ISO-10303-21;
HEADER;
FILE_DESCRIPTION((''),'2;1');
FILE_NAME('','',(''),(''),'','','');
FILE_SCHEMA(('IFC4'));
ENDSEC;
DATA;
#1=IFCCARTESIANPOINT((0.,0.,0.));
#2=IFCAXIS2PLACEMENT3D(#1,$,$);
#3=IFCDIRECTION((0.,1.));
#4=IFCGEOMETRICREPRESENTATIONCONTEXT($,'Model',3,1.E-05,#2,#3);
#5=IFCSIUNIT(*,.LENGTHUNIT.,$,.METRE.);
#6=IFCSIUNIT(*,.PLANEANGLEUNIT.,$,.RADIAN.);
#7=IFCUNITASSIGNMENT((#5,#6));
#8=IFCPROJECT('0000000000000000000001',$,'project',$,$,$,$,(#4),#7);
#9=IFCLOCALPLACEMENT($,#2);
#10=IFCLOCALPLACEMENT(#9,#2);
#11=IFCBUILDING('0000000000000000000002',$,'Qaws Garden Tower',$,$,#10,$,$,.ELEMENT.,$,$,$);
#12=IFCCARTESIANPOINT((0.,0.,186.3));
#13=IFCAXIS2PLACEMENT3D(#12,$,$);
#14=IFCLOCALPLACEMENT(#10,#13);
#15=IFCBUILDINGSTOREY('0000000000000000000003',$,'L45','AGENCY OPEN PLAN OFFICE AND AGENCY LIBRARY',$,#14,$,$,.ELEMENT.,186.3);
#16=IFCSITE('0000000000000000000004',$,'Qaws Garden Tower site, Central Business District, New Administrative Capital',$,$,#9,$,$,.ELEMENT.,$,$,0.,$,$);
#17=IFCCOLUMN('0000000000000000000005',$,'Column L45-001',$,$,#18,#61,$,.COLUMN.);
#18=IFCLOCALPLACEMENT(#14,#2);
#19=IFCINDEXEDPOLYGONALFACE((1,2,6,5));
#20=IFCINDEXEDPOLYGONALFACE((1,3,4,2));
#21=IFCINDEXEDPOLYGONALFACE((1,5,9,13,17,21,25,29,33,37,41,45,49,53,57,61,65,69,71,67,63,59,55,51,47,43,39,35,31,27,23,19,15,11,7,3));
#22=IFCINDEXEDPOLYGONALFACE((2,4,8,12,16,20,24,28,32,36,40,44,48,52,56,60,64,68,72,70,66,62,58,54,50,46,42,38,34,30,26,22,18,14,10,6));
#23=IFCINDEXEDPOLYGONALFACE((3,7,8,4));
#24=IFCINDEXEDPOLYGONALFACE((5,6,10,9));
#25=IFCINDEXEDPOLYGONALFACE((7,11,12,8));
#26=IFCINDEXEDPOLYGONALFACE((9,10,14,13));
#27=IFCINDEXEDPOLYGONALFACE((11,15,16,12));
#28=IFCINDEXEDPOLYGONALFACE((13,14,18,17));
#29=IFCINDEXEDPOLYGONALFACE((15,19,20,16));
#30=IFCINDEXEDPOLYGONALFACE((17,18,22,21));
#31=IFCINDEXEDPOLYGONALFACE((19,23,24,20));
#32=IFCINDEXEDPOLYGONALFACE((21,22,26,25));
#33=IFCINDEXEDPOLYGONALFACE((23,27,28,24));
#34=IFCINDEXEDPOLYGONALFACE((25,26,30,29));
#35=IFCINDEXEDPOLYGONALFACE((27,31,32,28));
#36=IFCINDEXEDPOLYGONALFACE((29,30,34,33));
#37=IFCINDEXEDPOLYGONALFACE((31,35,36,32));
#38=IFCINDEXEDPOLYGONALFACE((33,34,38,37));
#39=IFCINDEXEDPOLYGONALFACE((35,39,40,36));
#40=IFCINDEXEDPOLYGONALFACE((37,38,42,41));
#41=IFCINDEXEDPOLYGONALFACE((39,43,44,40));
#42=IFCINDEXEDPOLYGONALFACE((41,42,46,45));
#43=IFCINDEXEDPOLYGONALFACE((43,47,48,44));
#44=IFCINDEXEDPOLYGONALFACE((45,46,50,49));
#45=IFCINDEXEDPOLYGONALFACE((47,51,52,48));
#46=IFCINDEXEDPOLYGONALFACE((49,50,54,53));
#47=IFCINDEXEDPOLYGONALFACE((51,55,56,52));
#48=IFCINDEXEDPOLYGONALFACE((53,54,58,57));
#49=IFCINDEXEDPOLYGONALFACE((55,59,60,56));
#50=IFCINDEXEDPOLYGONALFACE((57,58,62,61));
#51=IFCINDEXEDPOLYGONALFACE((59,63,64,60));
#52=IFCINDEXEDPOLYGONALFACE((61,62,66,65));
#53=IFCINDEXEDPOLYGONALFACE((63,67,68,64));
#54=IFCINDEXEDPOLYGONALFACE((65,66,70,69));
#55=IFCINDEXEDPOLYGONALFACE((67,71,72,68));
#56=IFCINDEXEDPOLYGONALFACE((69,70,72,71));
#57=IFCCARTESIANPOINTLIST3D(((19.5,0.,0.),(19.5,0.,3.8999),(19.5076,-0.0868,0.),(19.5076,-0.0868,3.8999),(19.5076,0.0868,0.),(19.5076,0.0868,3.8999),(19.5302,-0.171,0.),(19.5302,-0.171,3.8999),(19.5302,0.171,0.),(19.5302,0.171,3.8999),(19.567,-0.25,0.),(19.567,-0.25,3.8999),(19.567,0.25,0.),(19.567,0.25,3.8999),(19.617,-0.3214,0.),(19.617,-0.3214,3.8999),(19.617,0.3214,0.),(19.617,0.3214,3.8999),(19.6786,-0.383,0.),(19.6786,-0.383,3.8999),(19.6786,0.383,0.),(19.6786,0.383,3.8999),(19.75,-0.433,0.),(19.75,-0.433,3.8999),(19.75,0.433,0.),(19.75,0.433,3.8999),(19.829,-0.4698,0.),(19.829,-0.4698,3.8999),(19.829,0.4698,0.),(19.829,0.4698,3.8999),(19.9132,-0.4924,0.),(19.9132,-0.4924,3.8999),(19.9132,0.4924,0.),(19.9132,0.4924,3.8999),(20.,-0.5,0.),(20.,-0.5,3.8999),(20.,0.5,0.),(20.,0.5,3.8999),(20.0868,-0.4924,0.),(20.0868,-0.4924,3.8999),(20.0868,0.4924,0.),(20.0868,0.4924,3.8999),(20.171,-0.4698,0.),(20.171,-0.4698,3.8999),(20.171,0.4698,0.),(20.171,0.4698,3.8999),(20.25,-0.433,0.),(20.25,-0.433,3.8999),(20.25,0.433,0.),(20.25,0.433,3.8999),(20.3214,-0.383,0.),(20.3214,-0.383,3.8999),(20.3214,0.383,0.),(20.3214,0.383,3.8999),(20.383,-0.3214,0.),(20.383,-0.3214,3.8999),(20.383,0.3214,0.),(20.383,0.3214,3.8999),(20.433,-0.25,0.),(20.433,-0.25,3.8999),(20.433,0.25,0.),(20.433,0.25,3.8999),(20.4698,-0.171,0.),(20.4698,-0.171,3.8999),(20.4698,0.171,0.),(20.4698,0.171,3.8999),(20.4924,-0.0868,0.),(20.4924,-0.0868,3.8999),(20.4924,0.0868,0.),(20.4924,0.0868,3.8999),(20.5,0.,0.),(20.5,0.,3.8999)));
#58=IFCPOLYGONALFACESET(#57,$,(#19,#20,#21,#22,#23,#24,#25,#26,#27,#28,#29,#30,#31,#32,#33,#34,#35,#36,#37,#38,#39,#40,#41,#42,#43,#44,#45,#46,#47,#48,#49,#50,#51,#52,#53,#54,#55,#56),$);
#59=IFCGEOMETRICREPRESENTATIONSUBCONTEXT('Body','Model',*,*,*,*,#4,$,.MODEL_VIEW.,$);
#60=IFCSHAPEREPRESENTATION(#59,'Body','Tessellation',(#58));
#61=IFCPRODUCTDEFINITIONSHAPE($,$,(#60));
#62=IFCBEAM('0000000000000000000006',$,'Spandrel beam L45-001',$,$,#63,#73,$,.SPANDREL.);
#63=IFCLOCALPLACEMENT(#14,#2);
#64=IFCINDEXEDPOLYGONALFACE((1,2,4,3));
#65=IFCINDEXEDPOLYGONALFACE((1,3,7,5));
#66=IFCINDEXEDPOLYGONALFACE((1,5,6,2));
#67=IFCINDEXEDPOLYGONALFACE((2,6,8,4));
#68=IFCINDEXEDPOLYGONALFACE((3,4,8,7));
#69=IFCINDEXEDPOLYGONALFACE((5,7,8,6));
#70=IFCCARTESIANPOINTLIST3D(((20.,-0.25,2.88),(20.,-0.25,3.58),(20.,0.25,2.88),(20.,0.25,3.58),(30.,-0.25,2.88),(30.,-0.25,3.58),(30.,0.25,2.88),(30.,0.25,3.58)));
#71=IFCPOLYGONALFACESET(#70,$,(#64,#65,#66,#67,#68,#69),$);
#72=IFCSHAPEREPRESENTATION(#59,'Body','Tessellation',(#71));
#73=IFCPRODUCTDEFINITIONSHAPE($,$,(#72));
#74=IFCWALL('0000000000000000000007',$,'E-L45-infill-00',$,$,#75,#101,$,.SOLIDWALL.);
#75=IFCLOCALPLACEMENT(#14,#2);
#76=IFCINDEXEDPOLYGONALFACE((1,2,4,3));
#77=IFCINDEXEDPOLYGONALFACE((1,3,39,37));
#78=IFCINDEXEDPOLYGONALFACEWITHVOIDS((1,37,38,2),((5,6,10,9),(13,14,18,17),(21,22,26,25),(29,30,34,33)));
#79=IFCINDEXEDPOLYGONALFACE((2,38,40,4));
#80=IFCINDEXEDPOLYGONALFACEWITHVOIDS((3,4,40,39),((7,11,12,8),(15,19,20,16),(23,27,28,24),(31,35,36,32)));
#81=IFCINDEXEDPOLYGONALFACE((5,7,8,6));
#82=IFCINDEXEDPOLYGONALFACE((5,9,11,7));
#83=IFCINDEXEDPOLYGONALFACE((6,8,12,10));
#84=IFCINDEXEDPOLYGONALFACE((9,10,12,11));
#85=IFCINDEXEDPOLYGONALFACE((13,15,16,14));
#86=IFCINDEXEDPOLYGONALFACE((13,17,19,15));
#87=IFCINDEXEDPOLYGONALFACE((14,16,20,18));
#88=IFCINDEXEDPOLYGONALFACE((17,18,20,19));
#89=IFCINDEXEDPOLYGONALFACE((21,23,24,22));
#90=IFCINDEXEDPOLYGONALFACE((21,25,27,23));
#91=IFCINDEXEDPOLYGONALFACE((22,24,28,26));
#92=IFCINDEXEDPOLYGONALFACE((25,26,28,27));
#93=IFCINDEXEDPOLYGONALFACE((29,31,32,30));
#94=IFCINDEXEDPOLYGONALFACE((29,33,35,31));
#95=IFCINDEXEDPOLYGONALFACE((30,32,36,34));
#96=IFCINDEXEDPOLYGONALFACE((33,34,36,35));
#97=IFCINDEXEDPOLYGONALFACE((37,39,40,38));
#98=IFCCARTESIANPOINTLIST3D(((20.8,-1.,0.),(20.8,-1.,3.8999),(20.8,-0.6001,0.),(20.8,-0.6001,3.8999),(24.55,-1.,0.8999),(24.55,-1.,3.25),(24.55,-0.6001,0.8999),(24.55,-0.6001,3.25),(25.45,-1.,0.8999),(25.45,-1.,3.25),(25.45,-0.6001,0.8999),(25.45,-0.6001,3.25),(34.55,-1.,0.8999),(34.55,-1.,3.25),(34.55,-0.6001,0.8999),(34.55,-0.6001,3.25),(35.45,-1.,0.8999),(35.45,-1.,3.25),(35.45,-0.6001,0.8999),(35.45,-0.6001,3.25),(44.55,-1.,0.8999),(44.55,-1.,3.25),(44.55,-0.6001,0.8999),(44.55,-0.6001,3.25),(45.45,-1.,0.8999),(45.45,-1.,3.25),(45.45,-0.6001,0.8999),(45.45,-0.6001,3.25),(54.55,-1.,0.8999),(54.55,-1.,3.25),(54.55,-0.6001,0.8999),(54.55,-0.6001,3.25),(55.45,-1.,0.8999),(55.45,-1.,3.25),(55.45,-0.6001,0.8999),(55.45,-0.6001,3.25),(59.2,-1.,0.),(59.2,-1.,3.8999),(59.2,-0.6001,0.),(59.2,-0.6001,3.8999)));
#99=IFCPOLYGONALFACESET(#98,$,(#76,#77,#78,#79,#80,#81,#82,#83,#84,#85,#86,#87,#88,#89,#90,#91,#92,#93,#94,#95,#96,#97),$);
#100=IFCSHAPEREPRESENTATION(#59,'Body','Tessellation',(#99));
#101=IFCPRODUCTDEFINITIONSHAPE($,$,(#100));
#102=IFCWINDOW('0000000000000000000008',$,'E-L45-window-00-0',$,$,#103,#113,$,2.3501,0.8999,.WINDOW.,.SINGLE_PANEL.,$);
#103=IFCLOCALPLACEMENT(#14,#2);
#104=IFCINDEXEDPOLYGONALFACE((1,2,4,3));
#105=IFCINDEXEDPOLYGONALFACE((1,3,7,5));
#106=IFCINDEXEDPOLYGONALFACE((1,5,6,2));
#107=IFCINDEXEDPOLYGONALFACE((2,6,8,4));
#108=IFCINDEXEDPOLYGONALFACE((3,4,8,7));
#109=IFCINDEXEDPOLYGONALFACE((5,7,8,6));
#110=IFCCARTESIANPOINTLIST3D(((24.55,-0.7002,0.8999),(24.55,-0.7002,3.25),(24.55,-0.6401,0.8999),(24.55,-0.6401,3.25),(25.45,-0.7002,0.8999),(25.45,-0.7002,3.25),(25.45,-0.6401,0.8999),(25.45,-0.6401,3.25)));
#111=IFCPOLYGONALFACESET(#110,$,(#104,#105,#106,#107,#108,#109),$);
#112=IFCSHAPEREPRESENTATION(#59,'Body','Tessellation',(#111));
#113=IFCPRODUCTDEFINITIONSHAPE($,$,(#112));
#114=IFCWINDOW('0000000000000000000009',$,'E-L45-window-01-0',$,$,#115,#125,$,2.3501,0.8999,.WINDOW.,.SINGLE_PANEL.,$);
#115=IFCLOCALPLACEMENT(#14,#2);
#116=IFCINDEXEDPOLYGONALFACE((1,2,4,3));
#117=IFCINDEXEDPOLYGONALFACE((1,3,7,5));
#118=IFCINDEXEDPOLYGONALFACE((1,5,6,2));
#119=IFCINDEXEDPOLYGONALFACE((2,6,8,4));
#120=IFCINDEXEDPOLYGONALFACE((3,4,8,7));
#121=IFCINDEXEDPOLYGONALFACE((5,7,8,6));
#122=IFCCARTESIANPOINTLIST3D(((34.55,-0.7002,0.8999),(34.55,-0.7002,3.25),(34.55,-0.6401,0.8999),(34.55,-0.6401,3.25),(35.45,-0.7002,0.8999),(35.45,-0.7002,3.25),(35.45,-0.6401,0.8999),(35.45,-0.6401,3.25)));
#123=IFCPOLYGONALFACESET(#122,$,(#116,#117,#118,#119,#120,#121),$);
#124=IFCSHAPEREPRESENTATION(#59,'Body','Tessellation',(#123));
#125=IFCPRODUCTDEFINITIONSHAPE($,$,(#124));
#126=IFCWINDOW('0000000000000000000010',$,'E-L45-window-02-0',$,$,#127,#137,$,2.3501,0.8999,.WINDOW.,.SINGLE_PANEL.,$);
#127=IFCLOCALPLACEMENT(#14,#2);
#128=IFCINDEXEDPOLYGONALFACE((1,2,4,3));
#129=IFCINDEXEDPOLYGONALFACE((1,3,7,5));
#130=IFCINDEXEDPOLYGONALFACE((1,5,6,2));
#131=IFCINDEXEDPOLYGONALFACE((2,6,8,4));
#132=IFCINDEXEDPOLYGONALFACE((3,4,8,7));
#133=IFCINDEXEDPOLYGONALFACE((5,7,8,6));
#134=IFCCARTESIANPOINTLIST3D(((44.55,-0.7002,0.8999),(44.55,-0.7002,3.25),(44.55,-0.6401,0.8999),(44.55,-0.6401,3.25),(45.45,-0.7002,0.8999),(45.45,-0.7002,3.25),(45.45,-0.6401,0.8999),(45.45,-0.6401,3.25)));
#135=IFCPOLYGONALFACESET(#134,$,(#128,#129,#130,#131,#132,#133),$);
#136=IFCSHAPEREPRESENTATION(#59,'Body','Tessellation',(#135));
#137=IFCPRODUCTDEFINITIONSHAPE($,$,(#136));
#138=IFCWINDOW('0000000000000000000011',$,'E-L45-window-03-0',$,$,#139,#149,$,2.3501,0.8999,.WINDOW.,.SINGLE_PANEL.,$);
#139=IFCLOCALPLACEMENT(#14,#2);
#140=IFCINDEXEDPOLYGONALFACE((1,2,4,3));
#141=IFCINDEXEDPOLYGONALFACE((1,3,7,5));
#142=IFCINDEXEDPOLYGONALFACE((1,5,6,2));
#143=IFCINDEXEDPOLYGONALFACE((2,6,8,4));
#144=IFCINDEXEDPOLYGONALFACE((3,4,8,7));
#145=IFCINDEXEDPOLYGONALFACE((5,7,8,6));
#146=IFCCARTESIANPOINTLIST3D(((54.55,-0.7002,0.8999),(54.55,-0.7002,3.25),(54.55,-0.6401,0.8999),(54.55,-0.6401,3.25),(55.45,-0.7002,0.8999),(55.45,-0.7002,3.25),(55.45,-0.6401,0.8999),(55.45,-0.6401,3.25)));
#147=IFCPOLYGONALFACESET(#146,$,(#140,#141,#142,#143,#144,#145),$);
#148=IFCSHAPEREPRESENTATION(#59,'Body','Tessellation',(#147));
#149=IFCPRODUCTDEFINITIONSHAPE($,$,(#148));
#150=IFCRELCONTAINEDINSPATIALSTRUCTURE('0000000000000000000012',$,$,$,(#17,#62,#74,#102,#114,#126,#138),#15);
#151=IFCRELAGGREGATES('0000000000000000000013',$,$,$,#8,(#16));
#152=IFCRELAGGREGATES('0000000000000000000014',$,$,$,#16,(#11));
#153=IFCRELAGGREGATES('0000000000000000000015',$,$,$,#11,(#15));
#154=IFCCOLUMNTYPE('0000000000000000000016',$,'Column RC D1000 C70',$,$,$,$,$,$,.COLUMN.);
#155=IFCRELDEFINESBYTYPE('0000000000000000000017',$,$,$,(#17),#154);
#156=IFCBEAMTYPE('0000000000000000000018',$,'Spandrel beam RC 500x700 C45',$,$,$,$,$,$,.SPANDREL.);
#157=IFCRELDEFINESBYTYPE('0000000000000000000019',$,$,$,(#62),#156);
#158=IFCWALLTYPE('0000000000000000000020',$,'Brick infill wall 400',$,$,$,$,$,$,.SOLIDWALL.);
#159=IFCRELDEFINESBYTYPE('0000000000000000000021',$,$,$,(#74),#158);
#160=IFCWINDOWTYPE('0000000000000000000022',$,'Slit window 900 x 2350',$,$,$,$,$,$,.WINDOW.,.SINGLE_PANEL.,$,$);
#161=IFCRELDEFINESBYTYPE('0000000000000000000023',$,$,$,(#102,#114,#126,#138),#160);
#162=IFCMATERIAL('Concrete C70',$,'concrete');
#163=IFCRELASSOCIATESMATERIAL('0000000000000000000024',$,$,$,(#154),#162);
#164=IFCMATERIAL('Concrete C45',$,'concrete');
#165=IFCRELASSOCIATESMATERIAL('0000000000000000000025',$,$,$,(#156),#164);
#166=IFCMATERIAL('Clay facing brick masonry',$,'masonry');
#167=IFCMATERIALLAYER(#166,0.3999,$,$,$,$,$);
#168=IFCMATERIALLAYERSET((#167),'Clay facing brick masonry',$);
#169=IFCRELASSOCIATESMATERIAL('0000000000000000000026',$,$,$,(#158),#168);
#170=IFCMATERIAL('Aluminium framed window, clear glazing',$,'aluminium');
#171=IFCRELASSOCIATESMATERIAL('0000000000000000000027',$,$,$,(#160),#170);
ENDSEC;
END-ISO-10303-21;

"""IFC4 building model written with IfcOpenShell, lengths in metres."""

from ifc_helpers import new_model, si_unit, direction, frame, frame_2d, origin, origin_2d, place, context, subcontext, project, spatial, rectangle, circle, extrude, material, layer, layer_set, material_profile, profile_set, type_object, element, fill, save


model = new_model("IFC4")

# Units and contexts
model_context = context("Model", 3, precision=1e-05, world=origin(), true_north=direction((0.0, 1.0)))
body_context = subcontext(model_context, "Body", "Model", "MODEL_VIEW")
ifc_project = project(units=[si_unit("LENGTHUNIT", "METRE"), si_unit("PLANEANGLEUNIT", "RADIAN")], contexts=[model_context])

# Site, building, storey
site_placement = place(None, origin())
site = spatial("IfcSite", under=ifc_project, at=site_placement, Name="Qaws Garden Tower site, Central Business District, New Administrative Capital", CompositionType="ELEMENT", RefElevation=0.0)
building_placement = place(site_placement, origin())
building = spatial("IfcBuilding", under=site, at=building_placement, Name="Qaws Garden Tower", CompositionType="ELEMENT")
storey_placement = place(building_placement, frame((0.0, 0.0, 186.3)))
storey = spatial("IfcBuildingStorey", under=building, at=storey_placement, Name="L45", Description="AGENCY OPEN PLAN OFFICE AND AGENCY LIBRARY", CompositionType="ELEMENT", Elevation=186.3)

# Column
ifc_material_1 = material(Name="Concrete C70", Category="concrete")
ifc_material_profile_1 = material_profile(ifc_material_1, circle(Radius=0.5, at=origin_2d()), Name="RC D1000")
ifc_profile_set_1 = profile_set([ifc_material_profile_1], Name="Concrete C70")
column_type = type_object("IfcColumnType", Name="Column RC D1000 C70", PredefinedType="COLUMN", material=ifc_profile_set_1)
column_placement = place(storey_placement, frame((20.0, 0.0, 0.0), z_axis=(0.0, 0.0, 1.0), x_axis=(1.0, 0.0, 0.0)))
element("IfcColumn", 1, at=column_placement, inside=storey, type_object=column_type, Name="Column L45-001", PredefinedType="COLUMN", context=body_context, shape_type="SweptSolid", body=[
    extrude(circle(Radius=0.5, at=origin_2d()), origin(), (0.0, 0.0, 1.0), 3.8999),
])

# Beam
ifc_material_2 = material(Name="Concrete C45", Category="concrete")
ifc_material_profile_2 = material_profile(ifc_material_2, rectangle(XDim=0.5, YDim=0.7, at=origin_2d()), Name="RC 500x700")
ifc_profile_set_2 = profile_set([ifc_material_profile_2], Name="Concrete C45")
beam_type = type_object("IfcBeamType", Name="Spandrel beam RC 500x700 C45", PredefinedType="SPANDREL", material=ifc_profile_set_2)
beam_placement = place(storey_placement, frame((20.0, 0.0, 3.23), z_axis=(1.0, 0.0, 0.0), x_axis=(0.0, 1.0, 0.0)))
element("IfcBeam", 2, at=beam_placement, inside=storey, type_object=beam_type, Name="Spandrel beam L45-001", PredefinedType="SPANDREL", context=body_context, shape_type="SweptSolid", body=[
    extrude(rectangle(XDim=0.5, YDim=0.7, at=origin_2d()), origin(), (0.0, 0.0, 1.0), 10.0),
])

# Wall, openings, windows
ifc_material_3 = material(Name="Clay facing brick masonry", Category="masonry")
ifc_layer_1 = layer(ifc_material_3, 0.3999)
ifc_layer_set_1 = layer_set([ifc_layer_1], Name="Clay facing brick masonry")
wall_type_1 = type_object("IfcWallType", Name="Brick infill wall 400", PredefinedType="SOLIDWALL", material=ifc_layer_set_1)
wall_1_placement = place(storey_placement, frame((20.8, -0.8, 0.0), z_axis=(0.0, 0.0, 1.0), x_axis=(1.0, 0.0, 0.0)))
wall_1 = element("IfcWall", 3, at=wall_1_placement, inside=storey, type_object=wall_type_1, Name="E-L45-infill-00", PredefinedType="SOLIDWALL", context=body_context, shape_type="SweptSolid", body=[
    extrude(rectangle(XDim=38.3999, YDim=0.3999, at=frame_2d((19.2, 0.0))), origin(), (0.0, 0.0, 1.0), 3.8999),
])
opening_1_placement = place(wall_1_placement, frame((3.75, 0.0, 0.8999)))
opening_1 = element("IfcOpeningElement", 4, at=opening_1_placement, cuts=wall_1, PredefinedType="OPENING", context=body_context, shape_type="SweptSolid", body=[
    extrude(rectangle(XDim=0.8999, YDim=2.3501, at=frame_2d((0.45, 1.175))), frame((0.0, 0.21, 0.0), z_axis=(0.0, -1.0, 0.0), x_axis=(1.0, 0.0, 0.0)), (0.0, 0.0, 1.0), 0.4199),
])
opening_2_placement = place(wall_1_placement, frame((13.75, 0.0, 0.8999)))
opening_2 = element("IfcOpeningElement", 5, at=opening_2_placement, cuts=wall_1, PredefinedType="OPENING", context=body_context, shape_type="SweptSolid", body=[
    extrude(rectangle(XDim=0.8999, YDim=2.3501, at=frame_2d((0.45, 1.175))), frame((0.0, 0.21, 0.0), z_axis=(0.0, -1.0, 0.0), x_axis=(1.0, 0.0, 0.0)), (0.0, 0.0, 1.0), 0.4199),
])
opening_3_placement = place(wall_1_placement, frame((23.75, 0.0, 0.8999)))
opening_3 = element("IfcOpeningElement", 6, at=opening_3_placement, cuts=wall_1, PredefinedType="OPENING", context=body_context, shape_type="SweptSolid", body=[
    extrude(rectangle(XDim=0.8999, YDim=2.3501, at=frame_2d((0.45, 1.175))), frame((0.0, 0.21, 0.0), z_axis=(0.0, -1.0, 0.0), x_axis=(1.0, 0.0, 0.0)), (0.0, 0.0, 1.0), 0.4199),
])
opening_4_placement = place(wall_1_placement, frame((33.75, 0.0, 0.8999)))
opening_4 = element("IfcOpeningElement", 7, at=opening_4_placement, cuts=wall_1, PredefinedType="OPENING", context=body_context, shape_type="SweptSolid", body=[
    extrude(rectangle(XDim=0.8999, YDim=2.3501, at=frame_2d((0.45, 1.175))), frame((0.0, 0.21, 0.0), z_axis=(0.0, -1.0, 0.0), x_axis=(1.0, 0.0, 0.0)), (0.0, 0.0, 1.0), 0.4199),
])
ifc_material_4 = material(Name="Aluminium framed window, clear glazing", Category="aluminium")
window_type = type_object("IfcWindowType", Name="Slit window 900 x 2350", PartitioningType="SINGLE_PANEL", PredefinedType="WINDOW", material=ifc_material_4)
window_1_placement = place(opening_1_placement, origin())
window_1 = element("IfcWindow", 8, at=window_1_placement, inside=storey, type_object=window_type, Name="E-L45-window-00-0", OverallHeight=2.3501, OverallWidth=0.8999, PartitioningType="SINGLE_PANEL", PredefinedType="WINDOW", context=body_context, shape_type="SweptSolid", body=[
    extrude(rectangle(XDim=0.8999, YDim=2.3501, at=frame_2d((0.45, 1.175))), frame((0.0, 0.1599, 0.0), z_axis=(0.0, -1.0, 0.0), x_axis=(1.0, 0.0, 0.0)), (0.0, 0.0, 1.0), 0.0601),
])
fill(opening_1, window_1)
window_2_placement = place(opening_2_placement, origin())
window_2 = element("IfcWindow", 9, at=window_2_placement, inside=storey, type_object=window_type, Name="E-L45-window-01-0", OverallHeight=2.3501, OverallWidth=0.8999, PartitioningType="SINGLE_PANEL", PredefinedType="WINDOW", context=body_context, shape_type="SweptSolid", body=[
    extrude(rectangle(XDim=0.8999, YDim=2.3501, at=frame_2d((0.45, 1.175))), frame((0.0, 0.1599, 0.0), z_axis=(0.0, -1.0, 0.0), x_axis=(1.0, 0.0, 0.0)), (0.0, 0.0, 1.0), 0.0601),
])
fill(opening_2, window_2)
window_3_placement = place(opening_3_placement, origin())
window_3 = element("IfcWindow", 10, at=window_3_placement, inside=storey, type_object=window_type, Name="E-L45-window-02-0", OverallHeight=2.3501, OverallWidth=0.8999, PartitioningType="SINGLE_PANEL", PredefinedType="WINDOW", context=body_context, shape_type="SweptSolid", body=[
    extrude(rectangle(XDim=0.8999, YDim=2.3501, at=frame_2d((0.45, 1.175))), frame((0.0, 0.1599, 0.0), z_axis=(0.0, -1.0, 0.0), x_axis=(1.0, 0.0, 0.0)), (0.0, 0.0, 1.0), 0.0601),
])
fill(opening_3, window_3)
window_4_placement = place(opening_4_placement, origin())
window_4 = element("IfcWindow", 11, at=window_4_placement, inside=storey, type_object=window_type, Name="E-L45-window-03-0", OverallHeight=2.3501, OverallWidth=0.8999, PartitioningType="SINGLE_PANEL", PredefinedType="WINDOW", context=body_context, shape_type="SweptSolid", body=[
    extrude(rectangle(XDim=0.8999, YDim=2.3501, at=frame_2d((0.45, 1.175))), frame((0.0, 0.1599, 0.0), z_axis=(0.0, -1.0, 0.0), x_axis=(1.0, 0.0, 0.0)), (0.0, 0.0, 1.0), 0.0601),
])
fill(opening_4, window_4)

save(model, "model.ifc")
